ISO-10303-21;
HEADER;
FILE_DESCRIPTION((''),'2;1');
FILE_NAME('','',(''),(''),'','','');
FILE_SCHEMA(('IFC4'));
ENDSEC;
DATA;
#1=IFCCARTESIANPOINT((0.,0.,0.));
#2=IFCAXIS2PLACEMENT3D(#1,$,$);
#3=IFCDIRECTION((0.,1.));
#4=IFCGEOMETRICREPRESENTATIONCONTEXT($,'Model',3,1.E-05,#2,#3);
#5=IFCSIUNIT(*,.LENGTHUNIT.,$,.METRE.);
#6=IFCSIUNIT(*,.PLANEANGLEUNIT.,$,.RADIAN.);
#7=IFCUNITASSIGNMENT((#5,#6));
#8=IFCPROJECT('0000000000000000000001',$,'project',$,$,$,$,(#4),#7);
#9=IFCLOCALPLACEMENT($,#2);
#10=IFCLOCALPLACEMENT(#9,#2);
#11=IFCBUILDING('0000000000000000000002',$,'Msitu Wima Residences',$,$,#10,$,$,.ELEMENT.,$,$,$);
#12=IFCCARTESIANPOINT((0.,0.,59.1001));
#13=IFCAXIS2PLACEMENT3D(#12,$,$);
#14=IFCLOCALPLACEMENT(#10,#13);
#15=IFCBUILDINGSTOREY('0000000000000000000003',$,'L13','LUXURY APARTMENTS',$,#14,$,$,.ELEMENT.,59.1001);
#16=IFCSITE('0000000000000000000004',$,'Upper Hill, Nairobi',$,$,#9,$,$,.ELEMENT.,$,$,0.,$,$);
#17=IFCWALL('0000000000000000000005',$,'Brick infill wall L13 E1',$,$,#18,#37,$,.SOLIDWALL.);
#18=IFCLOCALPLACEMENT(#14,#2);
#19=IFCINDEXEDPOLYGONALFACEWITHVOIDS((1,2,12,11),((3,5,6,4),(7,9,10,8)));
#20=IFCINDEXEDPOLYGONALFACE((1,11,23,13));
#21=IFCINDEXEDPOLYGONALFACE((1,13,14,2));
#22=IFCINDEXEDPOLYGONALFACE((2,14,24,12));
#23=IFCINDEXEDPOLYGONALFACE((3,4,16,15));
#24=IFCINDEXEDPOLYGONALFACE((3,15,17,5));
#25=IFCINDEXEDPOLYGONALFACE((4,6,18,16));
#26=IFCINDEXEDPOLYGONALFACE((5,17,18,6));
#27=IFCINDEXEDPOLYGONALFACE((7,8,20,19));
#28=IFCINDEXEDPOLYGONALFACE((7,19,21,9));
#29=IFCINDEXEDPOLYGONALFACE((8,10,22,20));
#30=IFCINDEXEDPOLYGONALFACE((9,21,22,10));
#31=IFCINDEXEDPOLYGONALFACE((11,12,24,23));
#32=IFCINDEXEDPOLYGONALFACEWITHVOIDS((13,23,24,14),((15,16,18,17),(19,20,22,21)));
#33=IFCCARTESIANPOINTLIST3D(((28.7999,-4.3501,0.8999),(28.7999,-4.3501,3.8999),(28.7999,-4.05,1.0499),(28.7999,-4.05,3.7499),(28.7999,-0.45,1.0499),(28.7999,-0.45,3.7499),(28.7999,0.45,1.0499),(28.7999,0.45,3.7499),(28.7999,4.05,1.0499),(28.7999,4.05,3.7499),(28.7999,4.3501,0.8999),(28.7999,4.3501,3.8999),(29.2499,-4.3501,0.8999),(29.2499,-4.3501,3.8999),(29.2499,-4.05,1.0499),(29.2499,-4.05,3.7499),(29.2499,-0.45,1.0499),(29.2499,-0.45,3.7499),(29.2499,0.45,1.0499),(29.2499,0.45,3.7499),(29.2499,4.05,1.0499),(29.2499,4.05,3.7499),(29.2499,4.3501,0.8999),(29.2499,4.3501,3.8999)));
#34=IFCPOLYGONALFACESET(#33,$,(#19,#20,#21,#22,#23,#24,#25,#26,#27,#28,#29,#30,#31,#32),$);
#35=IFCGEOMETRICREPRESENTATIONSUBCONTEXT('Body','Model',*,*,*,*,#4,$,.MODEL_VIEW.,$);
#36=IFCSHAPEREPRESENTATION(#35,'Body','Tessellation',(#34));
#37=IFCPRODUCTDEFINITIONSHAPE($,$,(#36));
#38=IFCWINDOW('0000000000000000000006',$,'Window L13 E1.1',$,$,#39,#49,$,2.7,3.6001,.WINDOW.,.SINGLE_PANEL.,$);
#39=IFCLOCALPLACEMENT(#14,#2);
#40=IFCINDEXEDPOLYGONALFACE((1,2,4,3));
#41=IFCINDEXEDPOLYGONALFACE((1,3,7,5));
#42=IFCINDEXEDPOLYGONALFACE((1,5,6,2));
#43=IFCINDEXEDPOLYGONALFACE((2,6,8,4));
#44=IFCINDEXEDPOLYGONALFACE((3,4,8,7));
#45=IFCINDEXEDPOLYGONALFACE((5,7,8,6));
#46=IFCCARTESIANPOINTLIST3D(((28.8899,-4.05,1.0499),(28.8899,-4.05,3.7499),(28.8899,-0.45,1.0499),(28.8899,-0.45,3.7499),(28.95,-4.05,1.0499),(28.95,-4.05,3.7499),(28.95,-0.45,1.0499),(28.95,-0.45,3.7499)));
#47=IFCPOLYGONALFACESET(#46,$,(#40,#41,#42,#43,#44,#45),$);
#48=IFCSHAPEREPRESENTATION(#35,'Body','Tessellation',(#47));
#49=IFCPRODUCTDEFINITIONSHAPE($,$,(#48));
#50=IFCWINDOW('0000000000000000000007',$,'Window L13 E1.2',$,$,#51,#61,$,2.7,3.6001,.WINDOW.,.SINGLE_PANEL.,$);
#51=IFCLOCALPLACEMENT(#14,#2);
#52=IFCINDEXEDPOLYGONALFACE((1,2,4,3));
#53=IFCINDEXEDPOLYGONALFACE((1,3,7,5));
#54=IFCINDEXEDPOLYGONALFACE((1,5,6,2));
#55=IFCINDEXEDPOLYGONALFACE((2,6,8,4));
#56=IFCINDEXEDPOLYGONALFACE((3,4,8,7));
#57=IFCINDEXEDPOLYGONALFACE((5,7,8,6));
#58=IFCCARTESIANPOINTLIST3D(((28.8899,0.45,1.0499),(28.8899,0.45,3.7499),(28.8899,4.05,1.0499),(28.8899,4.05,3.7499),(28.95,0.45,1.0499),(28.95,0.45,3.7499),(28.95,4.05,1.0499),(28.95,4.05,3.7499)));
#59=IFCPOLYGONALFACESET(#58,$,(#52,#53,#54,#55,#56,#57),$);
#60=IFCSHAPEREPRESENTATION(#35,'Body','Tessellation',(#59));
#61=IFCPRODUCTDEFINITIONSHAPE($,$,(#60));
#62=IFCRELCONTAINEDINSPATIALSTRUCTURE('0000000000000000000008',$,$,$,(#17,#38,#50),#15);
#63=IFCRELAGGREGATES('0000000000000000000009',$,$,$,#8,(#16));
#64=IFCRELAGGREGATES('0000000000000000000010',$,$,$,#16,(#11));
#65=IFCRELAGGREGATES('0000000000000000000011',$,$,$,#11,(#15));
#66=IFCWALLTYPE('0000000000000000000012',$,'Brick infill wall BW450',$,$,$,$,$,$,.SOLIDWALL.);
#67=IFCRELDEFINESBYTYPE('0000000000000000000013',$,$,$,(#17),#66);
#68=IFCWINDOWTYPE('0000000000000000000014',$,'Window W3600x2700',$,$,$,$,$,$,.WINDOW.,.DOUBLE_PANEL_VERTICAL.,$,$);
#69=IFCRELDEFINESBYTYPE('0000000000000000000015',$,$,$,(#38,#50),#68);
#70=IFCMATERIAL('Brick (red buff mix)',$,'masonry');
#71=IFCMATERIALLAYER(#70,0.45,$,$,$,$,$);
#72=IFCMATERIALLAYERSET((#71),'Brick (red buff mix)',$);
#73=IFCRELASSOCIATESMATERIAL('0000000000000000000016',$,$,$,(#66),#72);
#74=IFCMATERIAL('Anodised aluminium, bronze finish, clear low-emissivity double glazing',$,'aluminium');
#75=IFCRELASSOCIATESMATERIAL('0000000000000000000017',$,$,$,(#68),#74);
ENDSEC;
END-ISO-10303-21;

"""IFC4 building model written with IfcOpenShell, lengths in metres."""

from ifc_helpers import new_model, si_unit, direction, frame, frame_2d, origin, place, context, subcontext, project, spatial, rectangle, extrude, material, layer, layer_set, type_object, element, fill, save


model = new_model("IFC4")

# Units and contexts
model_context = context("Model", 3, precision=1e-05, world=origin(), true_north=direction((0.0, 1.0)))
body_context = subcontext(model_context, "Body", "Model", "MODEL_VIEW")
ifc_project = project(units=[si_unit("LENGTHUNIT", "METRE"), si_unit("PLANEANGLEUNIT", "RADIAN")], contexts=[model_context])

# Site, building, storey
site_placement = place(None, origin())
site = spatial("IfcSite", under=ifc_project, at=site_placement, Name="Upper Hill, Nairobi", CompositionType="ELEMENT", RefElevation=0.0)
building_placement = place(site_placement, origin())
building = spatial("IfcBuilding", under=site, at=building_placement, Name="Msitu Wima Residences", CompositionType="ELEMENT")
storey_placement = place(building_placement, frame((0.0, 0.0, 59.1001)))
storey = spatial("IfcBuildingStorey", under=building, at=storey_placement, Name="L13", Description="LUXURY APARTMENTS", CompositionType="ELEMENT", Elevation=59.1001)

# Shared definitions
ifc_material_1 = material(Name="Brick (red buff mix)", Category="masonry")
ifc_layer_1 = layer(ifc_material_1, 0.45)
ifc_layer_set_1 = layer_set([ifc_layer_1], Name="Brick (red buff mix)")
wall_type_1 = type_object("IfcWallType", Name="Brick infill wall BW450", PredefinedType="SOLIDWALL", material=ifc_layer_set_1)
ifc_material_2 = material(Name="Anodised aluminium, bronze finish, clear low-emissivity double glazing", Category="aluminium")
window_type = type_object("IfcWindowType", Name="Window W3600x2700", PartitioningType="DOUBLE_PANEL_VERTICAL", PredefinedType="WINDOW", material=ifc_material_2)

# Wall, openings, windows
wall_1_placement = place(storey_placement, frame((29.0249, -4.3501, 0.8999), z_axis=(0.0, 0.0, 1.0), x_axis=(0.0, 1.0, 0.0)))
wall_1 = element("IfcWall", 1, at=wall_1_placement, inside=storey, type_object=wall_type_1, Name="Brick infill wall L13 E1", PredefinedType="SOLIDWALL", context=body_context, shape_type="SweptSolid", body=[
    extrude(rectangle(XDim=8.7002, YDim=0.45, at=frame_2d((4.3501, 0.0))), origin(), (0.0, 0.0, 1.0), 3.0),
])
opening_1_placement = place(wall_1_placement, frame((0.3, 0.0, 0.1499)))
opening_1 = element("IfcOpeningElement", 2, at=opening_1_placement, cuts=wall_1, PredefinedType="OPENING", context=body_context, shape_type="SweptSolid", body=[
    extrude(rectangle(XDim=3.6001, YDim=2.7, at=frame_2d((1.8, 1.3501))), frame((0.0, 0.2349, 0.0), z_axis=(0.0, -1.0, 0.0), x_axis=(1.0, 0.0, 0.0)), (0.0, 0.0, 1.0), 0.47),
])
opening_2_placement = place(wall_1_placement, frame((4.8, 0.0, 0.1499)))
opening_2 = element("IfcOpeningElement", 3, at=opening_2_placement, cuts=wall_1, PredefinedType="OPENING", context=body_context, shape_type="SweptSolid", body=[
    extrude(rectangle(XDim=3.6001, YDim=2.7, at=frame_2d((1.8, 1.3501))), frame((0.0, 0.2349, 0.0), z_axis=(0.0, -1.0, 0.0), x_axis=(1.0, 0.0, 0.0)), (0.0, 0.0, 1.0), 0.47),
])
window_1_placement = place(opening_1_placement, origin())
window_1 = element("IfcWindow", 4, at=window_1_placement, inside=storey, type_object=window_type, Name="Window L13 E1.1", OverallHeight=2.7, OverallWidth=3.6001, PartitioningType="SINGLE_PANEL", PredefinedType="WINDOW", context=body_context, shape_type="SweptSolid", body=[
    extrude(rectangle(XDim=3.6001, YDim=2.7, at=frame_2d((1.8, 1.3501))), frame((0.0, 0.135, 0.0), z_axis=(0.0, -1.0, 0.0), x_axis=(1.0, 0.0, 0.0)), (0.0, 0.0, 1.0), 0.0601),
])
fill(opening_1, window_1)
window_2_placement = place(opening_2_placement, origin())
window_2 = element("IfcWindow", 5, at=window_2_placement, inside=storey, type_object=window_type, Name="Window L13 E1.2", OverallHeight=2.7, OverallWidth=3.6001, PartitioningType="SINGLE_PANEL", PredefinedType="WINDOW", context=body_context, shape_type="SweptSolid", body=[
    extrude(rectangle(XDim=3.6001, YDim=2.7, at=frame_2d((1.8, 1.3501))), frame((0.0, 0.135, 0.0), z_axis=(0.0, -1.0, 0.0), x_axis=(1.0, 0.0, 0.0)), (0.0, 0.0, 1.0), 0.0601),
])
fill(opening_2, window_2)

save(model, "model.ifc")
